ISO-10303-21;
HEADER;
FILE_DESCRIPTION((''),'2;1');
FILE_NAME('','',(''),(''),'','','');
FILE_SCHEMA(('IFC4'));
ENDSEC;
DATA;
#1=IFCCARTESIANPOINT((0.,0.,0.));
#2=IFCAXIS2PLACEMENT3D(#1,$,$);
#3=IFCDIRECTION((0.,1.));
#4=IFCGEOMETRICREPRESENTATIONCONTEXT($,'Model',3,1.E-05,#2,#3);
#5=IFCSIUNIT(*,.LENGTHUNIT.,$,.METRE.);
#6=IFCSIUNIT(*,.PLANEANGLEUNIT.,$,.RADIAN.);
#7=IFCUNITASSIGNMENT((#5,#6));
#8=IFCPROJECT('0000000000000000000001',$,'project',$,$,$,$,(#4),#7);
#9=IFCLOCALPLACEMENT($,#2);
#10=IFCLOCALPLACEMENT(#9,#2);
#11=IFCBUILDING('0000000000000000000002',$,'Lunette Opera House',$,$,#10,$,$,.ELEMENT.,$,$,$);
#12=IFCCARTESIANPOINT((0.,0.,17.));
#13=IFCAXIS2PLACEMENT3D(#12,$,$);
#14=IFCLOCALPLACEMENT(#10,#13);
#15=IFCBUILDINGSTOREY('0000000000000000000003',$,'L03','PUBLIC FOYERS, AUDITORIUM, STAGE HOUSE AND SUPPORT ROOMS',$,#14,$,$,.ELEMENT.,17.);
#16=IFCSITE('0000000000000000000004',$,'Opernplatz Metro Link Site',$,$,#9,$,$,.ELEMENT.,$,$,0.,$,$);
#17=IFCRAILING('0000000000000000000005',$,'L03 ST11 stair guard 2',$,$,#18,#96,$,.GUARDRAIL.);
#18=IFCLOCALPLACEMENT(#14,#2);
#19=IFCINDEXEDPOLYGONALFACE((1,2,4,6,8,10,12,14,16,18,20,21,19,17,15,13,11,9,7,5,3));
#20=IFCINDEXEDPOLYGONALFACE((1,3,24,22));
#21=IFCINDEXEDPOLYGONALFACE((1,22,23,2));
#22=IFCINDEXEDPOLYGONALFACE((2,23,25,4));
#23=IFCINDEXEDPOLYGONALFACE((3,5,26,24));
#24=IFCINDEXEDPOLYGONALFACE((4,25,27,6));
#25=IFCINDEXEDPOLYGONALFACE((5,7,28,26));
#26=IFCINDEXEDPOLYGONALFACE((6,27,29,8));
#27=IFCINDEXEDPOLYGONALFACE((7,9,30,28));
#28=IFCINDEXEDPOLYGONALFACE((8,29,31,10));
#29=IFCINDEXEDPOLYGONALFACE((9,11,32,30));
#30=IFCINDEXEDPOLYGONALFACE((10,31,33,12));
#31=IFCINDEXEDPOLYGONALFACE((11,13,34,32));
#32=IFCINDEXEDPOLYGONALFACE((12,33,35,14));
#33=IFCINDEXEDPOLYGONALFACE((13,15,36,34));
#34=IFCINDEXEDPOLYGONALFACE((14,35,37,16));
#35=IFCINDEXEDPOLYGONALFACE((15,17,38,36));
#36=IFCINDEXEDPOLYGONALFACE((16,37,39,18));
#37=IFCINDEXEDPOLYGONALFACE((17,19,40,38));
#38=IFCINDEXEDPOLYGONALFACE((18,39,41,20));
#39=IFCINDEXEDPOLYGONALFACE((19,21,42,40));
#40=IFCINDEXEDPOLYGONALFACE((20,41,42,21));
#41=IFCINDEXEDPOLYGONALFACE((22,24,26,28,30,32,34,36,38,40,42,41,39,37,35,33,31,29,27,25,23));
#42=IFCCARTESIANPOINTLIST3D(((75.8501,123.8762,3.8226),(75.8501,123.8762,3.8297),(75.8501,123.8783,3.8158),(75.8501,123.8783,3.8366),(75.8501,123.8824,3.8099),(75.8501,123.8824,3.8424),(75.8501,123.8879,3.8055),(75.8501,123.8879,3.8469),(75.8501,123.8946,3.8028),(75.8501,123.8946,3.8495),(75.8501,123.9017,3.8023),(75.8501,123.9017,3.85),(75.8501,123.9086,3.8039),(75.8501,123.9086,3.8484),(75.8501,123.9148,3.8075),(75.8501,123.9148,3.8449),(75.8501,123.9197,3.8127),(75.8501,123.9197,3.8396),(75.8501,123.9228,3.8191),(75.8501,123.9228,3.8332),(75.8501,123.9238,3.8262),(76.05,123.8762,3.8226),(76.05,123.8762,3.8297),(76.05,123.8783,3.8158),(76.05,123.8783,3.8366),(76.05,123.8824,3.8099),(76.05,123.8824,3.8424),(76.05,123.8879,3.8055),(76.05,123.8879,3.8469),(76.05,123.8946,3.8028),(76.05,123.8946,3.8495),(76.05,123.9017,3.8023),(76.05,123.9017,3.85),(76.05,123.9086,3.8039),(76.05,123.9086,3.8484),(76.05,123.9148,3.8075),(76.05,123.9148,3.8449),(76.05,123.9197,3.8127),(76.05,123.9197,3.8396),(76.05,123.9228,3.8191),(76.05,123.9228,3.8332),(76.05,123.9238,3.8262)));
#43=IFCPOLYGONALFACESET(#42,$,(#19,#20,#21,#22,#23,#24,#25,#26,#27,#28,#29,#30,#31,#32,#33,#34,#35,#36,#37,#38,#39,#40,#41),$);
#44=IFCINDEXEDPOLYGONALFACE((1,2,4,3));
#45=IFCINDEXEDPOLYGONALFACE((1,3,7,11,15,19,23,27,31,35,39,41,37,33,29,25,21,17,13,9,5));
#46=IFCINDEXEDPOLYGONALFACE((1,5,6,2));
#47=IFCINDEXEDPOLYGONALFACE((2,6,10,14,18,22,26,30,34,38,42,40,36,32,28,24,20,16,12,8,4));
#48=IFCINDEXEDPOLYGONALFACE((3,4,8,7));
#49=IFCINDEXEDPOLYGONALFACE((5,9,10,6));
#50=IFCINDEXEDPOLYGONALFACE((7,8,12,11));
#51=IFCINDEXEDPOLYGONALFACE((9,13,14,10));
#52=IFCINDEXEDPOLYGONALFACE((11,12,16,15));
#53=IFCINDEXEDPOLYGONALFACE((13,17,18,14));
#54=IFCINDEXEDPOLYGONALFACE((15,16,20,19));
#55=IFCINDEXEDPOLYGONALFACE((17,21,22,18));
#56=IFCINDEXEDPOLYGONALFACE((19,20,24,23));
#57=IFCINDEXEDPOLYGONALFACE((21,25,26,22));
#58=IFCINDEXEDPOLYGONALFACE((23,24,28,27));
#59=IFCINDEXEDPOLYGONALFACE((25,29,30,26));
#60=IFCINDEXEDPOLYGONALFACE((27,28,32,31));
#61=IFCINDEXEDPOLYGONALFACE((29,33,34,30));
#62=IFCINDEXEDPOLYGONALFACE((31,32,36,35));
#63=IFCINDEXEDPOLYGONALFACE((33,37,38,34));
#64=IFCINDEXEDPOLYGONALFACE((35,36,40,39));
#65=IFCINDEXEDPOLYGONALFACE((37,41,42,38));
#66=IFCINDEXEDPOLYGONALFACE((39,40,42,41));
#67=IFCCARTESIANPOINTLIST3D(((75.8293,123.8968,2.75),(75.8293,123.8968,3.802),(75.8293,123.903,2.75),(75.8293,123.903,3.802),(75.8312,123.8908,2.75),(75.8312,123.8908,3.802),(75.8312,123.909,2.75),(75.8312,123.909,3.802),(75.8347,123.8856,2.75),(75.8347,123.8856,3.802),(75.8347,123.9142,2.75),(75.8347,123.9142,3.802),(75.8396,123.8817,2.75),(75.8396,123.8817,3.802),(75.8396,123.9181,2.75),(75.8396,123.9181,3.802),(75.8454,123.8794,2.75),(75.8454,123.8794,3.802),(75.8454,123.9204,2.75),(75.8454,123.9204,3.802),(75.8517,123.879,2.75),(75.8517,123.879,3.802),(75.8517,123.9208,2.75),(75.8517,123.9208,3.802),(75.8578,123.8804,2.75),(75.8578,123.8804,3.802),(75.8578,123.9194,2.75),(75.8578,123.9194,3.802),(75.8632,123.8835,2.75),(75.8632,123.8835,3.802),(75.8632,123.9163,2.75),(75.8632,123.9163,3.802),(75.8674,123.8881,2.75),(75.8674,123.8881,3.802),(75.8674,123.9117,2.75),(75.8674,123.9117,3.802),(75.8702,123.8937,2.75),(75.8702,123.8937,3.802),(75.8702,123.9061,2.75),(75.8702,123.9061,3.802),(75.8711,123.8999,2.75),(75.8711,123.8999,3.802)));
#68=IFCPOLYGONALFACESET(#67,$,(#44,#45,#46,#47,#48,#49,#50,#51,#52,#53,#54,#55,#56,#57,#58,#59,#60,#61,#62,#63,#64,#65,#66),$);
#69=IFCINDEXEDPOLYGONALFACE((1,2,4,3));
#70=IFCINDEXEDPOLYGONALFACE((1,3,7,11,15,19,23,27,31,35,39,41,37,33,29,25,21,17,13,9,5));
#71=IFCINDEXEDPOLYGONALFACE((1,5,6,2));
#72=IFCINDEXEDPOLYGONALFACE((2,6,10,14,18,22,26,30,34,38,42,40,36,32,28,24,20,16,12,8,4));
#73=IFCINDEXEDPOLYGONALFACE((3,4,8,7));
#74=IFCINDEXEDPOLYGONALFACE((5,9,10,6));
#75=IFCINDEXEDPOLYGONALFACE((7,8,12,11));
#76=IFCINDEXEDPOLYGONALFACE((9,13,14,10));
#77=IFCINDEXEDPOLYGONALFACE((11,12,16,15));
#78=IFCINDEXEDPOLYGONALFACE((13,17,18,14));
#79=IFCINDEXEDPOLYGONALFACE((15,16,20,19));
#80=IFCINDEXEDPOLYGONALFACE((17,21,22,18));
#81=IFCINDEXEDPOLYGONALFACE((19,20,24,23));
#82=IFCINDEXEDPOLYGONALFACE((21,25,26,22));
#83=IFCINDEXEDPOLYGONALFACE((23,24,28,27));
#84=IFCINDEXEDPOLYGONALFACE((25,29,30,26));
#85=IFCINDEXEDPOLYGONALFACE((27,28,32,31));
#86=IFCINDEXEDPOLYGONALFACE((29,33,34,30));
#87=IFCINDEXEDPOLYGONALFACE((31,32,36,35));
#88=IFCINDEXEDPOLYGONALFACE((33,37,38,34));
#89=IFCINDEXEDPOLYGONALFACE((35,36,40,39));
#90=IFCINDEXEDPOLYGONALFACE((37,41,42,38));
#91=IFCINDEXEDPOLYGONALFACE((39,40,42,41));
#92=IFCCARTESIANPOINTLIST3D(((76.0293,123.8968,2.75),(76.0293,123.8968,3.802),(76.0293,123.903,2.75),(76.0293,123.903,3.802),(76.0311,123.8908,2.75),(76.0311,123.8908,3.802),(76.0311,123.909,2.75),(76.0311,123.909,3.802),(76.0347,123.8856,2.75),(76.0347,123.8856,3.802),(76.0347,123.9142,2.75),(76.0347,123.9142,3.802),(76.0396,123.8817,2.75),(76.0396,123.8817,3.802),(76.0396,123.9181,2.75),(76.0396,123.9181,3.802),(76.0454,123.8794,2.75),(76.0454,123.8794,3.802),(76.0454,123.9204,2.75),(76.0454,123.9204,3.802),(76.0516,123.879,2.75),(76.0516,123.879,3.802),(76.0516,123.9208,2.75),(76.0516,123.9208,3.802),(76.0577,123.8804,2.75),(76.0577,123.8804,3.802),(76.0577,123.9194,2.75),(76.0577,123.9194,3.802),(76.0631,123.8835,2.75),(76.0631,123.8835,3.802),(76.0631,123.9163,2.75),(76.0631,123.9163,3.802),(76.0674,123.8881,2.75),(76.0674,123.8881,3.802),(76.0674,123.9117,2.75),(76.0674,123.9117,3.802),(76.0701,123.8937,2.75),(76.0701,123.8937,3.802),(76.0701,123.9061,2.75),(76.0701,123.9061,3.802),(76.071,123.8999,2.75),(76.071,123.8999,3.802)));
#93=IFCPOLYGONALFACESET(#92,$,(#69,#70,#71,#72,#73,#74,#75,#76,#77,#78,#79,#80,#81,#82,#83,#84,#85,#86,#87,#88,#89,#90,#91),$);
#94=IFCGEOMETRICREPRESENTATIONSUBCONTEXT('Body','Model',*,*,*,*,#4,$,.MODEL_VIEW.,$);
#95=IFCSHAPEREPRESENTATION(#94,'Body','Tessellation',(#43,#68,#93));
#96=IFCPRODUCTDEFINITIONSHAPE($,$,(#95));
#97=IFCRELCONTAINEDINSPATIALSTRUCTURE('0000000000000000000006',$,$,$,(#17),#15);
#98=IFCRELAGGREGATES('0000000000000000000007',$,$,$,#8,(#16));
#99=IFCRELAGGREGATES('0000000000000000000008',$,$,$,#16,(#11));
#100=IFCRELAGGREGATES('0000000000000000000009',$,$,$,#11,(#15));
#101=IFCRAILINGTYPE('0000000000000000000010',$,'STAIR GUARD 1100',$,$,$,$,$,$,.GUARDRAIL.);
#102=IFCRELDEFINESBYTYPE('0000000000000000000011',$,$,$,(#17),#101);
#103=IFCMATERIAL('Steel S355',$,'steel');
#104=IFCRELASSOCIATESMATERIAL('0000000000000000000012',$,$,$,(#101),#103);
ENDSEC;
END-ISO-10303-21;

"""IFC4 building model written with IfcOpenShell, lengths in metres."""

from ifc_helpers import new_model, si_unit, direction, frame, origin, origin_2d, place, context, subcontext, project, spatial, circle, extrude, material, type_object, element, save


model = new_model("IFC4")

# Units and contexts
model_context = context("Model", 3, precision=1e-05, world=origin(), true_north=direction((0.0, 1.0)))
body_context = subcontext(model_context, "Body", "Model", "MODEL_VIEW")
ifc_project = project(units=[si_unit("LENGTHUNIT", "METRE"), si_unit("PLANEANGLEUNIT", "RADIAN")], contexts=[model_context])

# Site, building, storey
site_placement = place(None, origin())
site = spatial("IfcSite", under=ifc_project, at=site_placement, Name="Opernplatz Metro Link Site", CompositionType="ELEMENT", RefElevation=0.0)
building_placement = place(site_placement, origin())
building = spatial("IfcBuilding", under=site, at=building_placement, Name="Lunette Opera House", CompositionType="ELEMENT")
storey_placement = place(building_placement, frame((0.0, 0.0, 17.0)))
storey = spatial("IfcBuildingStorey", under=building, at=storey_placement, Name="L03", Description="PUBLIC FOYERS, AUDITORIUM, STAGE HOUSE AND SUPPORT ROOMS", CompositionType="ELEMENT", Elevation=17.0)

# Railing
ifc_material_1 = material(Name="Steel S355", Category="steel")
railing_type_1 = type_object("IfcRailingType", Name="STAIR GUARD 1100", PredefinedType="GUARDRAIL", material=ifc_material_1)
railing_1_placement = place(storey_placement, frame((75.8501, 123.8999, 2.75)))
element("IfcRailing", 1, at=railing_1_placement, inside=storey, type_object=railing_type_1, Name="L03 ST11 stair guard 2", PredefinedType="GUARDRAIL", context=body_context, shape_type="SweptSolid", body=[
    extrude(circle(Radius=0.0239, at=origin_2d()), frame((0.0, 0.0, 1.0762), z_axis=(1.0, 0.0, 0.0), x_axis=(0.0, 1.0, 0.0)), (0.0, 0.0, 1.0), 0.2),
    extrude(circle(Radius=0.021, at=origin_2d()), origin(), (0.0, 0.0, 1.0), 1.052),
    extrude(circle(Radius=0.021, at=origin_2d()), frame((0.2, 0.0, 0.0)), (0.0, 0.0, 1.0), 1.052),
])

save(model, "model.ifc")
